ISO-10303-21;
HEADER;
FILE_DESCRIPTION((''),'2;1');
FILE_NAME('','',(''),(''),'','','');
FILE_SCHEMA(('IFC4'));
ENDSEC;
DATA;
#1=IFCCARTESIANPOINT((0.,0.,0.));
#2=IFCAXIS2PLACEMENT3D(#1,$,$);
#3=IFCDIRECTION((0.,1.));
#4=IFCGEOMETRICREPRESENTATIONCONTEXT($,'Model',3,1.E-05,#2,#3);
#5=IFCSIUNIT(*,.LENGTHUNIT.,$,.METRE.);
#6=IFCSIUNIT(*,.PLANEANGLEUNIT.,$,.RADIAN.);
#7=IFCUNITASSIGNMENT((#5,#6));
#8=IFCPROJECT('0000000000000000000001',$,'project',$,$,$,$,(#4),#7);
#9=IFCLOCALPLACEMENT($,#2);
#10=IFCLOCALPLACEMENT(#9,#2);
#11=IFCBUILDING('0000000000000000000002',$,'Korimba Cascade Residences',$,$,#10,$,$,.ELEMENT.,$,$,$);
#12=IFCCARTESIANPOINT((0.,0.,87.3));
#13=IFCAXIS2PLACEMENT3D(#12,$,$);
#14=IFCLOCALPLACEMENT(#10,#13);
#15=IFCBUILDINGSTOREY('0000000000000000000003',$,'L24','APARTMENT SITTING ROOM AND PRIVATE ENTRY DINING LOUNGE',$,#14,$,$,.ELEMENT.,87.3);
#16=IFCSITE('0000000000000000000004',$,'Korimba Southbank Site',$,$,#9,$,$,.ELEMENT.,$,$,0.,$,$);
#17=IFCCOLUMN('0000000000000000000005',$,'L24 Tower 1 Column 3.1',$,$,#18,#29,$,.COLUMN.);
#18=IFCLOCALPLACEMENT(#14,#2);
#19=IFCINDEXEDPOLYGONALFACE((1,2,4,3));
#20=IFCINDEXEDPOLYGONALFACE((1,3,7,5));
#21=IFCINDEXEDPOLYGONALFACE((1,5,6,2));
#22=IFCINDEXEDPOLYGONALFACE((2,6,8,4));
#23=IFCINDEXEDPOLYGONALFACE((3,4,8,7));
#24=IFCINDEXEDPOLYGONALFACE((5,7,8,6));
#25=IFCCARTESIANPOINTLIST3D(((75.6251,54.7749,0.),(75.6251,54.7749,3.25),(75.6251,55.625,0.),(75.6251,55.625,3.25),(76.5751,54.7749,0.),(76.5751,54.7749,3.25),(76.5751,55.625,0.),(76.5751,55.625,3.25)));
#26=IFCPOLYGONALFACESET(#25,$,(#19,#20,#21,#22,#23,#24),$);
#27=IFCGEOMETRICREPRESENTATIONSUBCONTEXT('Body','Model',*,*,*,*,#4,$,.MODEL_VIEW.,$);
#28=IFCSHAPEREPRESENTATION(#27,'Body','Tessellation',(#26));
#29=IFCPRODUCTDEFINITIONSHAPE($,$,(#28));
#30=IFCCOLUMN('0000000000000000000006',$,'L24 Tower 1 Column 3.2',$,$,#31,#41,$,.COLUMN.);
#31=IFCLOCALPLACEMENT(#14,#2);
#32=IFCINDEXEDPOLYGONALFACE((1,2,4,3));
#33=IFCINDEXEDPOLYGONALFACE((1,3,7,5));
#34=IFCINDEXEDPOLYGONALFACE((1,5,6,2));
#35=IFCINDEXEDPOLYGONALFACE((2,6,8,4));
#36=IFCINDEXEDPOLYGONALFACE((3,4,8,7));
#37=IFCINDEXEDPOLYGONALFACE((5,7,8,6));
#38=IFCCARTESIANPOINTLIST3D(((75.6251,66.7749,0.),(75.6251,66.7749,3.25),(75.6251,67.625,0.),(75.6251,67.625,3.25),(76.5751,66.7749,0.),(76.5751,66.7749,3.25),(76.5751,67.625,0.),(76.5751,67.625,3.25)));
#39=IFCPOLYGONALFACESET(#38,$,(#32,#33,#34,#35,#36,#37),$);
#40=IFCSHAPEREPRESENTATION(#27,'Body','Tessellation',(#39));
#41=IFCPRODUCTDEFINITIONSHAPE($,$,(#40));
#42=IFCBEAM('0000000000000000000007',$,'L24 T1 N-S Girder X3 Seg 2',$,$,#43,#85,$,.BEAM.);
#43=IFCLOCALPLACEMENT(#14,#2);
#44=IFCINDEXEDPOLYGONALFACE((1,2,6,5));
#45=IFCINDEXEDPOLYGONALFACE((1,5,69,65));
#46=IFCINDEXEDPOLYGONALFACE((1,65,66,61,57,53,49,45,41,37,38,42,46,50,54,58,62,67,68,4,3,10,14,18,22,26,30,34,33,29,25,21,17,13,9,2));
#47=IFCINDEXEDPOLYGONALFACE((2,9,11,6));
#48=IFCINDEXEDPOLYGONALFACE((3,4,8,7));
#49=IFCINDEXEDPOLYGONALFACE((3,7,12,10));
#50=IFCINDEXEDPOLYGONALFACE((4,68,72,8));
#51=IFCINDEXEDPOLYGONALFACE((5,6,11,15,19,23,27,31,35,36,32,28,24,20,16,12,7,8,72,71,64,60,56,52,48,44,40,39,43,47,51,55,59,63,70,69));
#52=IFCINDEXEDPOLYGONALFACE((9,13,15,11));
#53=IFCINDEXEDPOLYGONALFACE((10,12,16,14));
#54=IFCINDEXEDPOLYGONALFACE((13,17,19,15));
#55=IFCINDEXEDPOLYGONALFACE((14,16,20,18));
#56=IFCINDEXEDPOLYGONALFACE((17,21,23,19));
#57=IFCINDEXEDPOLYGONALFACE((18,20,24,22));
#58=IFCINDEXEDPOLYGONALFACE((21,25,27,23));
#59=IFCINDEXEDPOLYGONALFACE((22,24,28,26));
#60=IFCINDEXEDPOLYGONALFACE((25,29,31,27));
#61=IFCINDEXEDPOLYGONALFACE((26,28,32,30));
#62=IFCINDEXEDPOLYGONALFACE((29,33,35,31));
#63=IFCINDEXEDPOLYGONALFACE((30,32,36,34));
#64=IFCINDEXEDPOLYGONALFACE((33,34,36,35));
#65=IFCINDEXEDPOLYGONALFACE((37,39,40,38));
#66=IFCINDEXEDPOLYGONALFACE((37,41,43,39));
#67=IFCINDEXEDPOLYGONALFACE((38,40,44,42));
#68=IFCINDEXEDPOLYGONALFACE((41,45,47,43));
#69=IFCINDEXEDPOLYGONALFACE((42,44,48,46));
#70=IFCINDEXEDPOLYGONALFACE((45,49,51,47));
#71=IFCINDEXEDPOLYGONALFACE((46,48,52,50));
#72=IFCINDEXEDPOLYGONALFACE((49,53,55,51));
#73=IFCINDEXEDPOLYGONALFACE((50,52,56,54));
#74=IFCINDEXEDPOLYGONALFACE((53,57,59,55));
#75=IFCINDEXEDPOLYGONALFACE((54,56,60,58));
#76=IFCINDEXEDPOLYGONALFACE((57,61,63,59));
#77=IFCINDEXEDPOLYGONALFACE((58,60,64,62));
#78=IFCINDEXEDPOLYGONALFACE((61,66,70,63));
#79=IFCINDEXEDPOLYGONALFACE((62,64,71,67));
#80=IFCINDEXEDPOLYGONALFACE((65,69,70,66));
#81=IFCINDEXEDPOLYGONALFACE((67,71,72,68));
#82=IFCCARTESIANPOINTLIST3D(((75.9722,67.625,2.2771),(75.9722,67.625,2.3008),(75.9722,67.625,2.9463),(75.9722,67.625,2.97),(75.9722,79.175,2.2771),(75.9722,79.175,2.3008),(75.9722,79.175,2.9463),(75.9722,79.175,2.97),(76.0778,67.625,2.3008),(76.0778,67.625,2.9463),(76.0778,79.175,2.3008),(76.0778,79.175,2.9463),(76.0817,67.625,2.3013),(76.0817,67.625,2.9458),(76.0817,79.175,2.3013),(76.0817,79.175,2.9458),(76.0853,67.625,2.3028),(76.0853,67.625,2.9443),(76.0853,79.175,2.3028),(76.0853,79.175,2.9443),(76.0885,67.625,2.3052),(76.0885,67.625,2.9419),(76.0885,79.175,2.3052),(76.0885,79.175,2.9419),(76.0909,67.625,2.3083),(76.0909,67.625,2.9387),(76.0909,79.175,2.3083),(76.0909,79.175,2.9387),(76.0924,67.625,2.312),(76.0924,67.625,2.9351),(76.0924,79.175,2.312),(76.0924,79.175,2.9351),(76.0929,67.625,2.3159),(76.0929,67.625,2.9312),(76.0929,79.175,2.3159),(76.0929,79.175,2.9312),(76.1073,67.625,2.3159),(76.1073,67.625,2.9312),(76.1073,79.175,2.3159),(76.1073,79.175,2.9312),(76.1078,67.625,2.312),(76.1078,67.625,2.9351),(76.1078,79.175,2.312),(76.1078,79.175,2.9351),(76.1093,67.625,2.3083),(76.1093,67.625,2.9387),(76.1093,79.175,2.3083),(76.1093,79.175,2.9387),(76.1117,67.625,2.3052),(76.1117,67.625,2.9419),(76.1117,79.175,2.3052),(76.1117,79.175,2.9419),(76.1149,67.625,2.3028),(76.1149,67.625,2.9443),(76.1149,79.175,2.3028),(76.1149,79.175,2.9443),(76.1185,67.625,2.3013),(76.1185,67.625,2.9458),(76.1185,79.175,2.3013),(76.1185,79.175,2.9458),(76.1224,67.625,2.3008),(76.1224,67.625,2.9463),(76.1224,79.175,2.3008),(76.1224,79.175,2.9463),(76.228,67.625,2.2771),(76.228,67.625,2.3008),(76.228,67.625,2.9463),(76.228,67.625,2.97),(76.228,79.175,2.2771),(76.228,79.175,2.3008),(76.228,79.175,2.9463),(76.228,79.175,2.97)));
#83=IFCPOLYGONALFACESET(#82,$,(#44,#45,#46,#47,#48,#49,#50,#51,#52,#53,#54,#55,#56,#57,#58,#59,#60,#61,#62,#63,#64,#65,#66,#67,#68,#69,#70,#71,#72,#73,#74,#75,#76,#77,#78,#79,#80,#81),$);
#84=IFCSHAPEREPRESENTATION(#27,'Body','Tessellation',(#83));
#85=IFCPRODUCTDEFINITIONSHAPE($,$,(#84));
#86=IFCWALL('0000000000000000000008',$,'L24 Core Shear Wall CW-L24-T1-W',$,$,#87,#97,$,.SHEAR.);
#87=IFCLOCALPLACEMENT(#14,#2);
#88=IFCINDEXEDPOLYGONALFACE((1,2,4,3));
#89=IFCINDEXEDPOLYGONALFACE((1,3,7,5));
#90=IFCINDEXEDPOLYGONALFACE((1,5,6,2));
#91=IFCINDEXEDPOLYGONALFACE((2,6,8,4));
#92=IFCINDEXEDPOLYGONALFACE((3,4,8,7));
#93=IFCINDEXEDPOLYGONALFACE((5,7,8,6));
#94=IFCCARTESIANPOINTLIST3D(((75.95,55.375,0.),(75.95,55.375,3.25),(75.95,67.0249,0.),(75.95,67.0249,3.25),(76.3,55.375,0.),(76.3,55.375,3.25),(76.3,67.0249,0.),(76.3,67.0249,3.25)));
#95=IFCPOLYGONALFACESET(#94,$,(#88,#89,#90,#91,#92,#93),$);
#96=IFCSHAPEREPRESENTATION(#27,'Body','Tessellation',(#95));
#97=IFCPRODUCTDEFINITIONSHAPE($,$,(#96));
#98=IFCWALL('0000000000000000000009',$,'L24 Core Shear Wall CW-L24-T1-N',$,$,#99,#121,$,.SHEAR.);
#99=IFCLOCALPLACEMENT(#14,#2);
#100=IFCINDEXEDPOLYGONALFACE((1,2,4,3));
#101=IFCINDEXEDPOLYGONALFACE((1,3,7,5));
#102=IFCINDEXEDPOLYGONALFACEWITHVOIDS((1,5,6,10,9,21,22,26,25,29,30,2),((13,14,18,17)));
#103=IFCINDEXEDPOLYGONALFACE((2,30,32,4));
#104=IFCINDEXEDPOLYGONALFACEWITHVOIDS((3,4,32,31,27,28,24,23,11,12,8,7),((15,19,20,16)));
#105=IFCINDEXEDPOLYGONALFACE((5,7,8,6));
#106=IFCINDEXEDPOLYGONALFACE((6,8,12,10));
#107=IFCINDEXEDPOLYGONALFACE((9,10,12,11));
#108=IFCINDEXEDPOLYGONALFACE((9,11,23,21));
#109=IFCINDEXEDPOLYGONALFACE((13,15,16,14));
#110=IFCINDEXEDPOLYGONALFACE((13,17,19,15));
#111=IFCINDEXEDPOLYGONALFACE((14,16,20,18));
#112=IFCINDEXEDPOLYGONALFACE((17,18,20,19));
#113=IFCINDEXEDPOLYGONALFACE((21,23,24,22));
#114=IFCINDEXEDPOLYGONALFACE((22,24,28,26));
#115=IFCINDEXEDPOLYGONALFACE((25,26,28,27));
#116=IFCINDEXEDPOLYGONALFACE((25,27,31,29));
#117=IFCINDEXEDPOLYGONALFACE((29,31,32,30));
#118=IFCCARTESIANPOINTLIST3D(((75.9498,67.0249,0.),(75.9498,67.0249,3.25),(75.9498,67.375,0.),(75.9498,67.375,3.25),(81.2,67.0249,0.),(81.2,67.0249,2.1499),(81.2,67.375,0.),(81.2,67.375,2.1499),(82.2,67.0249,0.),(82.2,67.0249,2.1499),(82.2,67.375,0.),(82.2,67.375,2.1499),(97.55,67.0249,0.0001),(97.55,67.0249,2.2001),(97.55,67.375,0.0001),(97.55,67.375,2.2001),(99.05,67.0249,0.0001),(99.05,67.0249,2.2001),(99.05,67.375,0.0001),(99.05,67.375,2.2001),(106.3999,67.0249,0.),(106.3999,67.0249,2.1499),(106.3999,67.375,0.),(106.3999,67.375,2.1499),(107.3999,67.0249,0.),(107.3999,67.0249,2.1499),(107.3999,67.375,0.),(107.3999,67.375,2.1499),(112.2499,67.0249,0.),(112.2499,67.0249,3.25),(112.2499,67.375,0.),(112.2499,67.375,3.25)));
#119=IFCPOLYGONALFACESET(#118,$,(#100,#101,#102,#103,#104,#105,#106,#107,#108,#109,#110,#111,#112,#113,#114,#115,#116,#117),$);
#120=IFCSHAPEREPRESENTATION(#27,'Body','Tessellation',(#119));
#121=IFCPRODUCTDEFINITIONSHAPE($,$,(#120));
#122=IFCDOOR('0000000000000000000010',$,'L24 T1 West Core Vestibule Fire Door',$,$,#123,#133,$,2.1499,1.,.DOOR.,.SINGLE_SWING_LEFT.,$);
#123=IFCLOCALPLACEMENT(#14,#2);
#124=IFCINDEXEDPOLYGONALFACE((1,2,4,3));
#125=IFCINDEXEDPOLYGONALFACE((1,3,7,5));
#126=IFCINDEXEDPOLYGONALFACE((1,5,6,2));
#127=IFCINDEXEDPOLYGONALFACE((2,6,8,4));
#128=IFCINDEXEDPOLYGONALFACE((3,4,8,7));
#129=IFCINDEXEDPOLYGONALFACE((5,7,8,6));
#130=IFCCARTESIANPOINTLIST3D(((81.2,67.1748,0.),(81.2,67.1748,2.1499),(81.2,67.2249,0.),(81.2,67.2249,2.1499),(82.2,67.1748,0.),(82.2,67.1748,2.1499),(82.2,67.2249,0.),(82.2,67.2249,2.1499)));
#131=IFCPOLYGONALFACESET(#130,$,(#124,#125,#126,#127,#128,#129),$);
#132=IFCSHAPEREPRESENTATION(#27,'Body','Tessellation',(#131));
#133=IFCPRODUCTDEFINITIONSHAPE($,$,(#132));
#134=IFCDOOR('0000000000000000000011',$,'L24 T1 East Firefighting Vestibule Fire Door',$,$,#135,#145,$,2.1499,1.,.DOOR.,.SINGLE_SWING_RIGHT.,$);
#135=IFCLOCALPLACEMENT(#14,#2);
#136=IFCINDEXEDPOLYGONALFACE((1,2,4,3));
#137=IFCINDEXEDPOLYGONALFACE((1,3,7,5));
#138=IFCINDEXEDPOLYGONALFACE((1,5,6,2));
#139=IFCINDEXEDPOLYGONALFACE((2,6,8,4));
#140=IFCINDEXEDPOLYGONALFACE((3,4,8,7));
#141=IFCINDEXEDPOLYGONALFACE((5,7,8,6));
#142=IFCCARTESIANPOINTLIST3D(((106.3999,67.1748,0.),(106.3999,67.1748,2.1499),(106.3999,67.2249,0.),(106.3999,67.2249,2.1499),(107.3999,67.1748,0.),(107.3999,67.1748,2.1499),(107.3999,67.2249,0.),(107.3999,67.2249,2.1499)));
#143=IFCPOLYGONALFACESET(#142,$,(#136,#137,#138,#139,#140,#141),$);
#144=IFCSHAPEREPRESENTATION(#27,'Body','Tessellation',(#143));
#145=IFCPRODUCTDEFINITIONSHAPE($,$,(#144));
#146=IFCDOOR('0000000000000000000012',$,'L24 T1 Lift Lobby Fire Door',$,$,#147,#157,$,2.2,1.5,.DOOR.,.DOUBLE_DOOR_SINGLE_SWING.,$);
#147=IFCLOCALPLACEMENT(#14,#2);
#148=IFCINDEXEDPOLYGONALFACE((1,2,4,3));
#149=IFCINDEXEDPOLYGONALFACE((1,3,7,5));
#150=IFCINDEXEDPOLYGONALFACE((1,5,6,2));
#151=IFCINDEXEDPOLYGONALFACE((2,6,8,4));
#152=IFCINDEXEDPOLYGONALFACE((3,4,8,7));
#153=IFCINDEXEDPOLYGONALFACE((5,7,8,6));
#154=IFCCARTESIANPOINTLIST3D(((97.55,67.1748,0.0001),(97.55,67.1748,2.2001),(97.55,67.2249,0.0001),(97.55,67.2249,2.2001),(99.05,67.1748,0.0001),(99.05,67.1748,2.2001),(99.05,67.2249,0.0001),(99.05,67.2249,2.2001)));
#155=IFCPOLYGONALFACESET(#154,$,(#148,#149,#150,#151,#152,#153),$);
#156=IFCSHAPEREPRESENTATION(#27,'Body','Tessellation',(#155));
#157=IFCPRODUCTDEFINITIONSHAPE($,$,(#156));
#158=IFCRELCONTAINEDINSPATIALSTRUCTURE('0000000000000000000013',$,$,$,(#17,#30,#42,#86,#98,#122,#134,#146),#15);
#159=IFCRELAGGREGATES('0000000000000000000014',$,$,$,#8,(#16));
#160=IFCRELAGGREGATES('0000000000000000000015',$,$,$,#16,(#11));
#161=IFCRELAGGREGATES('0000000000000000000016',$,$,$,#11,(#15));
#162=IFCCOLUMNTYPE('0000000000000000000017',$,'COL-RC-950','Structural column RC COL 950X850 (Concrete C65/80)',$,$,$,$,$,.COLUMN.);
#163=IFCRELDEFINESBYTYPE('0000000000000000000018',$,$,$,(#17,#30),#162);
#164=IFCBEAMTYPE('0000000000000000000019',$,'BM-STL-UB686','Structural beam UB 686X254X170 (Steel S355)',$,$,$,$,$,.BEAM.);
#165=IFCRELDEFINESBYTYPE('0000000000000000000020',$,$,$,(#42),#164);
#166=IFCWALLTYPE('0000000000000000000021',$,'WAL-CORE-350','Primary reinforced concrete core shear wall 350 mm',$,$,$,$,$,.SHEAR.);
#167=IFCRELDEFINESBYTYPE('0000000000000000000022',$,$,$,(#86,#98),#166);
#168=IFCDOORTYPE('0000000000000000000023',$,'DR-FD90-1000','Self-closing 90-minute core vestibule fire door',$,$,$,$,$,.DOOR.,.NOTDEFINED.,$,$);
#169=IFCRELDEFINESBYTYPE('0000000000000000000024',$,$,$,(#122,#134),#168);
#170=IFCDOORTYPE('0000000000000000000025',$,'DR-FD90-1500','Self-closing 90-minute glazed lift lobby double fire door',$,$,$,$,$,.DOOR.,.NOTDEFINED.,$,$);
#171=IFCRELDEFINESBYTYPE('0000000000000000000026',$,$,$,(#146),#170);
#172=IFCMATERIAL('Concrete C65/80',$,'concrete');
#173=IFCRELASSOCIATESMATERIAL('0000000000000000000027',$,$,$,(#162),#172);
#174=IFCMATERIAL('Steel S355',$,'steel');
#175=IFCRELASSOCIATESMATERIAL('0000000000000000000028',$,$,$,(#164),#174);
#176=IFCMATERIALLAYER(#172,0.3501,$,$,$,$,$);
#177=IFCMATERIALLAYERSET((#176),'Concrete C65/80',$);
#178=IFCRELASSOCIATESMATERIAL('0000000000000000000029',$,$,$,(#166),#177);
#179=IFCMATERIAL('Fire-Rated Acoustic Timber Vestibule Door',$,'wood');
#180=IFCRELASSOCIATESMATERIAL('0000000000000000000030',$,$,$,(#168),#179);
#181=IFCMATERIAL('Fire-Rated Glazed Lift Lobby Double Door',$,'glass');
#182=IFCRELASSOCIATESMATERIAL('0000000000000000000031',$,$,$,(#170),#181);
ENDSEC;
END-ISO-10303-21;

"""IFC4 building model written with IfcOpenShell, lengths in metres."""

from ifc_helpers import new_model, si_unit, direction, frame, frame_2d, origin, origin_2d, place, context, subcontext, project, spatial, rectangle, i_section, extrude, material, layer, layer_set, material_profile, profile_set, type_object, element, fill, save


model = new_model("IFC4")

# Units and contexts
model_context = context("Model", 3, precision=1e-05, world=origin(), true_north=direction((0.0, 1.0)))
body_context = subcontext(model_context, "Body", "Model", "MODEL_VIEW")
ifc_project = project(units=[si_unit("LENGTHUNIT", "METRE"), si_unit("PLANEANGLEUNIT", "RADIAN")], contexts=[model_context])

# Site, building, storey
site_placement = place(None, origin())
site = spatial("IfcSite", under=ifc_project, at=site_placement, Name="Korimba Southbank Site", CompositionType="ELEMENT", RefElevation=0.0)
building_placement = place(site_placement, origin())
building = spatial("IfcBuilding", under=site, at=building_placement, Name="Korimba Cascade Residences", CompositionType="ELEMENT")
storey_placement = place(building_placement, frame((0.0, 0.0, 87.3)))
storey = spatial("IfcBuildingStorey", under=building, at=storey_placement, Name="L24", Description="APARTMENT SITTING ROOM AND PRIVATE ENTRY DINING LOUNGE", CompositionType="ELEMENT", Elevation=87.3)

# Columns
ifc_material_1 = material(Name="Concrete C65/80", Category="concrete")
ifc_material_profile_1 = material_profile(ifc_material_1, rectangle(XDim=0.95, YDim=0.8501, at=origin_2d()), Name="Concrete C65/80")
ifc_profile_set_1 = profile_set([ifc_material_profile_1], Name="Concrete C65/80")
column_type = type_object("IfcColumnType", Name="COL-RC-950", Description="Structural column RC COL 950X850 (Concrete C65/80)", PredefinedType="COLUMN", material=ifc_profile_set_1)
for number, where, z_axis, x_axis, name in (
    (1, (76.1001, 55.2, 0.0), (0.0, 0.0, 1.0), (1.0, 0.0, 0.0), "L24 Tower 1 Column 3.1"),
    (2, (76.1001, 67.2, 0.0), (0.0, 0.0, 1.0), (1.0, 0.0, 0.0), "L24 Tower 1 Column 3.2"),
):
    element("IfcColumn", number, at=place(storey_placement, frame(where, z_axis=z_axis, x_axis=x_axis)), inside=storey, type_object=column_type, Name=name, PredefinedType="COLUMN", context=body_context, shape_type="SweptSolid", body=[
        extrude(rectangle(XDim=0.95, YDim=0.8501, at=origin_2d()), origin(), (0.0, 0.0, 1.0), 3.25),
    ])

# Beam
ifc_material_2 = material(Name="Steel S355", Category="steel")
ifc_material_profile_2 = material_profile(ifc_material_2, i_section(OverallWidth=0.2559, OverallDepth=0.6929, WebThickness=0.0144, FlangeThickness=0.0237, FilletRadius=0.0151, at=origin_2d()), Name="Steel S355")
ifc_profile_set_2 = profile_set([ifc_material_profile_2], Name="Steel S355")
beam_type = type_object("IfcBeamType", Name="BM-STL-UB686", Description="Structural beam UB 686X254X170 (Steel S355)", PredefinedType="BEAM", material=ifc_profile_set_2)
beam_placement = place(storey_placement, frame((76.1001, 67.625, 2.6235), z_axis=(0.0, 1.0, 0.0), x_axis=(-1.0, 0.0, 0.0)))
element("IfcBeam", 3, at=beam_placement, inside=storey, type_object=beam_type, Name="L24 T1 N-S Girder X3 Seg 2", PredefinedType="BEAM", context=body_context, shape_type="SweptSolid", body=[
    extrude(i_section(OverallWidth=0.2559, OverallDepth=0.6929, WebThickness=0.0144, FlangeThickness=0.0237, FilletRadius=0.0151, at=origin_2d()), origin(), (0.0, 0.0, 1.0), 11.55),
])

# Wall
ifc_layer_1 = layer(ifc_material_1, 0.3501)
ifc_layer_set_1 = layer_set([ifc_layer_1], Name="Concrete C65/80")
wall_type_1 = type_object("IfcWallType", Name="WAL-CORE-350", Description="Primary reinforced concrete core shear wall 350 mm", PredefinedType="SHEAR", material=ifc_layer_set_1)
wall_1_placement = place(storey_placement, frame((76.125, 55.375, 0.0), z_axis=(0.0, 0.0, 1.0), x_axis=(0.0, 1.0, 0.0)))
element("IfcWall", 4, at=wall_1_placement, inside=storey, type_object=wall_type_1, Name="L24 Core Shear Wall CW-L24-T1-W", PredefinedType="SHEAR", context=body_context, shape_type="SweptSolid", body=[
    extrude(rectangle(XDim=11.6499, YDim=0.3501, at=frame_2d((5.825, 0.0))), origin(), (0.0, 0.0, 1.0), 3.25),
])

# Wall, openings, doors
wall_2_placement = place(storey_placement, frame((75.95, 67.2, 0.0), z_axis=(0.0, 0.0, 1.0), x_axis=(1.0, 0.0, 0.0)))
wall_2 = element("IfcWall", 5, at=wall_2_placement, inside=storey, type_object=wall_type_1, Name="L24 Core Shear Wall CW-L24-T1-N", PredefinedType="SHEAR", context=body_context, shape_type="SweptSolid", body=[
    extrude(rectangle(XDim=36.3, YDim=0.3501, at=frame_2d((18.1499, 0.0))), origin(), (0.0, 0.0, 1.0), 3.25),
])
opening_1_placement = place(wall_2_placement, frame((5.25, 0.0, 0.0)))
opening_1 = element("IfcOpeningElement", 6, at=opening_1_placement, cuts=wall_2, PredefinedType="OPENING", context=body_context, shape_type="SweptSolid", body=[
    extrude(rectangle(XDim=1.0, YDim=2.1499, at=frame_2d((0.5, 1.075))), frame((0.0, 0.1851, 0.0), z_axis=(0.0, -1.0, 0.0), x_axis=(1.0, 0.0, 0.0)), (0.0, 0.0, 1.0), 0.3701),
])
opening_2_placement = place(wall_2_placement, frame((21.6001, 0.0, 0.0)))
opening_2 = element("IfcOpeningElement", 7, at=opening_2_placement, cuts=wall_2, PredefinedType="OPENING", context=body_context, shape_type="SweptSolid", body=[
    extrude(rectangle(XDim=1.5, YDim=2.2, at=frame_2d((0.75, 1.1001))), frame((0.0, 0.1851, 0.0), z_axis=(0.0, -1.0, 0.0), x_axis=(1.0, 0.0, 0.0)), (0.0, 0.0, 1.0), 0.3701),
])
opening_3_placement = place(wall_2_placement, frame((30.45, 0.0, 0.0)))
opening_3 = element("IfcOpeningElement", 8, at=opening_3_placement, cuts=wall_2, PredefinedType="OPENING", context=body_context, shape_type="SweptSolid", body=[
    extrude(rectangle(XDim=1.0, YDim=2.1499, at=frame_2d((0.5, 1.075))), frame((0.0, 0.1851, 0.0), z_axis=(0.0, -1.0, 0.0), x_axis=(1.0, 0.0, 0.0)), (0.0, 0.0, 1.0), 0.3701),
])
ifc_material_3 = material(Name="Fire-Rated Acoustic Timber Vestibule Door", Category="wood")
door_type_1 = type_object("IfcDoorType", Name="DR-FD90-1000", Description="Self-closing 90-minute core vestibule fire door", OperationType="NOTDEFINED", PredefinedType="DOOR", material=ifc_material_3)
door_1_placement = place(opening_1_placement, origin())
door_1 = element("IfcDoor", 9, at=door_1_placement, inside=storey, type_object=door_type_1, Name="L24 T1 West Core Vestibule Fire Door", OperationType="SINGLE_SWING_LEFT", OverallHeight=2.1499, OverallWidth=1.0, PredefinedType="DOOR", context=body_context, shape_type="SweptSolid", body=[
    extrude(rectangle(XDim=1.0, YDim=2.1499, at=frame_2d((0.5, 1.075))), frame((0.0, 0.0249, 0.0), z_axis=(0.0, -1.0, 0.0), x_axis=(1.0, 0.0, 0.0)), (0.0, 0.0, 1.0), 0.05),
])
fill(opening_1, door_1)
door_2_placement = place(opening_3_placement, origin())
door_2 = element("IfcDoor", 10, at=door_2_placement, inside=storey, type_object=door_type_1, Name="L24 T1 East Firefighting Vestibule Fire Door", OperationType="SINGLE_SWING_RIGHT", OverallHeight=2.1499, OverallWidth=1.0, PredefinedType="DOOR", context=body_context, shape_type="SweptSolid", body=[
    extrude(rectangle(XDim=1.0, YDim=2.1499, at=frame_2d((0.5, 1.075))), frame((0.0, 0.0249, 0.0), z_axis=(0.0, -1.0, 0.0), x_axis=(1.0, 0.0, 0.0)), (0.0, 0.0, 1.0), 0.05),
])
fill(opening_3, door_2)
ifc_material_4 = material(Name="Fire-Rated Glazed Lift Lobby Double Door", Category="glass")
door_type_2 = type_object("IfcDoorType", Name="DR-FD90-1500", Description="Self-closing 90-minute glazed lift lobby double fire door", OperationType="NOTDEFINED", PredefinedType="DOOR", material=ifc_material_4)
door_3_placement = place(opening_2_placement, origin())
door_3 = element("IfcDoor", 11, at=door_3_placement, inside=storey, type_object=door_type_2, Name="L24 T1 Lift Lobby Fire Door", OperationType="DOUBLE_DOOR_SINGLE_SWING", OverallHeight=2.2, OverallWidth=1.5, PredefinedType="DOOR", context=body_context, shape_type="SweptSolid", body=[
    extrude(rectangle(XDim=1.5, YDim=2.2, at=frame_2d((0.75, 1.1001))), frame((0.0, 0.0249, 0.0), z_axis=(0.0, -1.0, 0.0), x_axis=(1.0, 0.0, 0.0)), (0.0, 0.0, 1.0), 0.05),
])
fill(opening_2, door_3)

save(model, "model.ifc")
